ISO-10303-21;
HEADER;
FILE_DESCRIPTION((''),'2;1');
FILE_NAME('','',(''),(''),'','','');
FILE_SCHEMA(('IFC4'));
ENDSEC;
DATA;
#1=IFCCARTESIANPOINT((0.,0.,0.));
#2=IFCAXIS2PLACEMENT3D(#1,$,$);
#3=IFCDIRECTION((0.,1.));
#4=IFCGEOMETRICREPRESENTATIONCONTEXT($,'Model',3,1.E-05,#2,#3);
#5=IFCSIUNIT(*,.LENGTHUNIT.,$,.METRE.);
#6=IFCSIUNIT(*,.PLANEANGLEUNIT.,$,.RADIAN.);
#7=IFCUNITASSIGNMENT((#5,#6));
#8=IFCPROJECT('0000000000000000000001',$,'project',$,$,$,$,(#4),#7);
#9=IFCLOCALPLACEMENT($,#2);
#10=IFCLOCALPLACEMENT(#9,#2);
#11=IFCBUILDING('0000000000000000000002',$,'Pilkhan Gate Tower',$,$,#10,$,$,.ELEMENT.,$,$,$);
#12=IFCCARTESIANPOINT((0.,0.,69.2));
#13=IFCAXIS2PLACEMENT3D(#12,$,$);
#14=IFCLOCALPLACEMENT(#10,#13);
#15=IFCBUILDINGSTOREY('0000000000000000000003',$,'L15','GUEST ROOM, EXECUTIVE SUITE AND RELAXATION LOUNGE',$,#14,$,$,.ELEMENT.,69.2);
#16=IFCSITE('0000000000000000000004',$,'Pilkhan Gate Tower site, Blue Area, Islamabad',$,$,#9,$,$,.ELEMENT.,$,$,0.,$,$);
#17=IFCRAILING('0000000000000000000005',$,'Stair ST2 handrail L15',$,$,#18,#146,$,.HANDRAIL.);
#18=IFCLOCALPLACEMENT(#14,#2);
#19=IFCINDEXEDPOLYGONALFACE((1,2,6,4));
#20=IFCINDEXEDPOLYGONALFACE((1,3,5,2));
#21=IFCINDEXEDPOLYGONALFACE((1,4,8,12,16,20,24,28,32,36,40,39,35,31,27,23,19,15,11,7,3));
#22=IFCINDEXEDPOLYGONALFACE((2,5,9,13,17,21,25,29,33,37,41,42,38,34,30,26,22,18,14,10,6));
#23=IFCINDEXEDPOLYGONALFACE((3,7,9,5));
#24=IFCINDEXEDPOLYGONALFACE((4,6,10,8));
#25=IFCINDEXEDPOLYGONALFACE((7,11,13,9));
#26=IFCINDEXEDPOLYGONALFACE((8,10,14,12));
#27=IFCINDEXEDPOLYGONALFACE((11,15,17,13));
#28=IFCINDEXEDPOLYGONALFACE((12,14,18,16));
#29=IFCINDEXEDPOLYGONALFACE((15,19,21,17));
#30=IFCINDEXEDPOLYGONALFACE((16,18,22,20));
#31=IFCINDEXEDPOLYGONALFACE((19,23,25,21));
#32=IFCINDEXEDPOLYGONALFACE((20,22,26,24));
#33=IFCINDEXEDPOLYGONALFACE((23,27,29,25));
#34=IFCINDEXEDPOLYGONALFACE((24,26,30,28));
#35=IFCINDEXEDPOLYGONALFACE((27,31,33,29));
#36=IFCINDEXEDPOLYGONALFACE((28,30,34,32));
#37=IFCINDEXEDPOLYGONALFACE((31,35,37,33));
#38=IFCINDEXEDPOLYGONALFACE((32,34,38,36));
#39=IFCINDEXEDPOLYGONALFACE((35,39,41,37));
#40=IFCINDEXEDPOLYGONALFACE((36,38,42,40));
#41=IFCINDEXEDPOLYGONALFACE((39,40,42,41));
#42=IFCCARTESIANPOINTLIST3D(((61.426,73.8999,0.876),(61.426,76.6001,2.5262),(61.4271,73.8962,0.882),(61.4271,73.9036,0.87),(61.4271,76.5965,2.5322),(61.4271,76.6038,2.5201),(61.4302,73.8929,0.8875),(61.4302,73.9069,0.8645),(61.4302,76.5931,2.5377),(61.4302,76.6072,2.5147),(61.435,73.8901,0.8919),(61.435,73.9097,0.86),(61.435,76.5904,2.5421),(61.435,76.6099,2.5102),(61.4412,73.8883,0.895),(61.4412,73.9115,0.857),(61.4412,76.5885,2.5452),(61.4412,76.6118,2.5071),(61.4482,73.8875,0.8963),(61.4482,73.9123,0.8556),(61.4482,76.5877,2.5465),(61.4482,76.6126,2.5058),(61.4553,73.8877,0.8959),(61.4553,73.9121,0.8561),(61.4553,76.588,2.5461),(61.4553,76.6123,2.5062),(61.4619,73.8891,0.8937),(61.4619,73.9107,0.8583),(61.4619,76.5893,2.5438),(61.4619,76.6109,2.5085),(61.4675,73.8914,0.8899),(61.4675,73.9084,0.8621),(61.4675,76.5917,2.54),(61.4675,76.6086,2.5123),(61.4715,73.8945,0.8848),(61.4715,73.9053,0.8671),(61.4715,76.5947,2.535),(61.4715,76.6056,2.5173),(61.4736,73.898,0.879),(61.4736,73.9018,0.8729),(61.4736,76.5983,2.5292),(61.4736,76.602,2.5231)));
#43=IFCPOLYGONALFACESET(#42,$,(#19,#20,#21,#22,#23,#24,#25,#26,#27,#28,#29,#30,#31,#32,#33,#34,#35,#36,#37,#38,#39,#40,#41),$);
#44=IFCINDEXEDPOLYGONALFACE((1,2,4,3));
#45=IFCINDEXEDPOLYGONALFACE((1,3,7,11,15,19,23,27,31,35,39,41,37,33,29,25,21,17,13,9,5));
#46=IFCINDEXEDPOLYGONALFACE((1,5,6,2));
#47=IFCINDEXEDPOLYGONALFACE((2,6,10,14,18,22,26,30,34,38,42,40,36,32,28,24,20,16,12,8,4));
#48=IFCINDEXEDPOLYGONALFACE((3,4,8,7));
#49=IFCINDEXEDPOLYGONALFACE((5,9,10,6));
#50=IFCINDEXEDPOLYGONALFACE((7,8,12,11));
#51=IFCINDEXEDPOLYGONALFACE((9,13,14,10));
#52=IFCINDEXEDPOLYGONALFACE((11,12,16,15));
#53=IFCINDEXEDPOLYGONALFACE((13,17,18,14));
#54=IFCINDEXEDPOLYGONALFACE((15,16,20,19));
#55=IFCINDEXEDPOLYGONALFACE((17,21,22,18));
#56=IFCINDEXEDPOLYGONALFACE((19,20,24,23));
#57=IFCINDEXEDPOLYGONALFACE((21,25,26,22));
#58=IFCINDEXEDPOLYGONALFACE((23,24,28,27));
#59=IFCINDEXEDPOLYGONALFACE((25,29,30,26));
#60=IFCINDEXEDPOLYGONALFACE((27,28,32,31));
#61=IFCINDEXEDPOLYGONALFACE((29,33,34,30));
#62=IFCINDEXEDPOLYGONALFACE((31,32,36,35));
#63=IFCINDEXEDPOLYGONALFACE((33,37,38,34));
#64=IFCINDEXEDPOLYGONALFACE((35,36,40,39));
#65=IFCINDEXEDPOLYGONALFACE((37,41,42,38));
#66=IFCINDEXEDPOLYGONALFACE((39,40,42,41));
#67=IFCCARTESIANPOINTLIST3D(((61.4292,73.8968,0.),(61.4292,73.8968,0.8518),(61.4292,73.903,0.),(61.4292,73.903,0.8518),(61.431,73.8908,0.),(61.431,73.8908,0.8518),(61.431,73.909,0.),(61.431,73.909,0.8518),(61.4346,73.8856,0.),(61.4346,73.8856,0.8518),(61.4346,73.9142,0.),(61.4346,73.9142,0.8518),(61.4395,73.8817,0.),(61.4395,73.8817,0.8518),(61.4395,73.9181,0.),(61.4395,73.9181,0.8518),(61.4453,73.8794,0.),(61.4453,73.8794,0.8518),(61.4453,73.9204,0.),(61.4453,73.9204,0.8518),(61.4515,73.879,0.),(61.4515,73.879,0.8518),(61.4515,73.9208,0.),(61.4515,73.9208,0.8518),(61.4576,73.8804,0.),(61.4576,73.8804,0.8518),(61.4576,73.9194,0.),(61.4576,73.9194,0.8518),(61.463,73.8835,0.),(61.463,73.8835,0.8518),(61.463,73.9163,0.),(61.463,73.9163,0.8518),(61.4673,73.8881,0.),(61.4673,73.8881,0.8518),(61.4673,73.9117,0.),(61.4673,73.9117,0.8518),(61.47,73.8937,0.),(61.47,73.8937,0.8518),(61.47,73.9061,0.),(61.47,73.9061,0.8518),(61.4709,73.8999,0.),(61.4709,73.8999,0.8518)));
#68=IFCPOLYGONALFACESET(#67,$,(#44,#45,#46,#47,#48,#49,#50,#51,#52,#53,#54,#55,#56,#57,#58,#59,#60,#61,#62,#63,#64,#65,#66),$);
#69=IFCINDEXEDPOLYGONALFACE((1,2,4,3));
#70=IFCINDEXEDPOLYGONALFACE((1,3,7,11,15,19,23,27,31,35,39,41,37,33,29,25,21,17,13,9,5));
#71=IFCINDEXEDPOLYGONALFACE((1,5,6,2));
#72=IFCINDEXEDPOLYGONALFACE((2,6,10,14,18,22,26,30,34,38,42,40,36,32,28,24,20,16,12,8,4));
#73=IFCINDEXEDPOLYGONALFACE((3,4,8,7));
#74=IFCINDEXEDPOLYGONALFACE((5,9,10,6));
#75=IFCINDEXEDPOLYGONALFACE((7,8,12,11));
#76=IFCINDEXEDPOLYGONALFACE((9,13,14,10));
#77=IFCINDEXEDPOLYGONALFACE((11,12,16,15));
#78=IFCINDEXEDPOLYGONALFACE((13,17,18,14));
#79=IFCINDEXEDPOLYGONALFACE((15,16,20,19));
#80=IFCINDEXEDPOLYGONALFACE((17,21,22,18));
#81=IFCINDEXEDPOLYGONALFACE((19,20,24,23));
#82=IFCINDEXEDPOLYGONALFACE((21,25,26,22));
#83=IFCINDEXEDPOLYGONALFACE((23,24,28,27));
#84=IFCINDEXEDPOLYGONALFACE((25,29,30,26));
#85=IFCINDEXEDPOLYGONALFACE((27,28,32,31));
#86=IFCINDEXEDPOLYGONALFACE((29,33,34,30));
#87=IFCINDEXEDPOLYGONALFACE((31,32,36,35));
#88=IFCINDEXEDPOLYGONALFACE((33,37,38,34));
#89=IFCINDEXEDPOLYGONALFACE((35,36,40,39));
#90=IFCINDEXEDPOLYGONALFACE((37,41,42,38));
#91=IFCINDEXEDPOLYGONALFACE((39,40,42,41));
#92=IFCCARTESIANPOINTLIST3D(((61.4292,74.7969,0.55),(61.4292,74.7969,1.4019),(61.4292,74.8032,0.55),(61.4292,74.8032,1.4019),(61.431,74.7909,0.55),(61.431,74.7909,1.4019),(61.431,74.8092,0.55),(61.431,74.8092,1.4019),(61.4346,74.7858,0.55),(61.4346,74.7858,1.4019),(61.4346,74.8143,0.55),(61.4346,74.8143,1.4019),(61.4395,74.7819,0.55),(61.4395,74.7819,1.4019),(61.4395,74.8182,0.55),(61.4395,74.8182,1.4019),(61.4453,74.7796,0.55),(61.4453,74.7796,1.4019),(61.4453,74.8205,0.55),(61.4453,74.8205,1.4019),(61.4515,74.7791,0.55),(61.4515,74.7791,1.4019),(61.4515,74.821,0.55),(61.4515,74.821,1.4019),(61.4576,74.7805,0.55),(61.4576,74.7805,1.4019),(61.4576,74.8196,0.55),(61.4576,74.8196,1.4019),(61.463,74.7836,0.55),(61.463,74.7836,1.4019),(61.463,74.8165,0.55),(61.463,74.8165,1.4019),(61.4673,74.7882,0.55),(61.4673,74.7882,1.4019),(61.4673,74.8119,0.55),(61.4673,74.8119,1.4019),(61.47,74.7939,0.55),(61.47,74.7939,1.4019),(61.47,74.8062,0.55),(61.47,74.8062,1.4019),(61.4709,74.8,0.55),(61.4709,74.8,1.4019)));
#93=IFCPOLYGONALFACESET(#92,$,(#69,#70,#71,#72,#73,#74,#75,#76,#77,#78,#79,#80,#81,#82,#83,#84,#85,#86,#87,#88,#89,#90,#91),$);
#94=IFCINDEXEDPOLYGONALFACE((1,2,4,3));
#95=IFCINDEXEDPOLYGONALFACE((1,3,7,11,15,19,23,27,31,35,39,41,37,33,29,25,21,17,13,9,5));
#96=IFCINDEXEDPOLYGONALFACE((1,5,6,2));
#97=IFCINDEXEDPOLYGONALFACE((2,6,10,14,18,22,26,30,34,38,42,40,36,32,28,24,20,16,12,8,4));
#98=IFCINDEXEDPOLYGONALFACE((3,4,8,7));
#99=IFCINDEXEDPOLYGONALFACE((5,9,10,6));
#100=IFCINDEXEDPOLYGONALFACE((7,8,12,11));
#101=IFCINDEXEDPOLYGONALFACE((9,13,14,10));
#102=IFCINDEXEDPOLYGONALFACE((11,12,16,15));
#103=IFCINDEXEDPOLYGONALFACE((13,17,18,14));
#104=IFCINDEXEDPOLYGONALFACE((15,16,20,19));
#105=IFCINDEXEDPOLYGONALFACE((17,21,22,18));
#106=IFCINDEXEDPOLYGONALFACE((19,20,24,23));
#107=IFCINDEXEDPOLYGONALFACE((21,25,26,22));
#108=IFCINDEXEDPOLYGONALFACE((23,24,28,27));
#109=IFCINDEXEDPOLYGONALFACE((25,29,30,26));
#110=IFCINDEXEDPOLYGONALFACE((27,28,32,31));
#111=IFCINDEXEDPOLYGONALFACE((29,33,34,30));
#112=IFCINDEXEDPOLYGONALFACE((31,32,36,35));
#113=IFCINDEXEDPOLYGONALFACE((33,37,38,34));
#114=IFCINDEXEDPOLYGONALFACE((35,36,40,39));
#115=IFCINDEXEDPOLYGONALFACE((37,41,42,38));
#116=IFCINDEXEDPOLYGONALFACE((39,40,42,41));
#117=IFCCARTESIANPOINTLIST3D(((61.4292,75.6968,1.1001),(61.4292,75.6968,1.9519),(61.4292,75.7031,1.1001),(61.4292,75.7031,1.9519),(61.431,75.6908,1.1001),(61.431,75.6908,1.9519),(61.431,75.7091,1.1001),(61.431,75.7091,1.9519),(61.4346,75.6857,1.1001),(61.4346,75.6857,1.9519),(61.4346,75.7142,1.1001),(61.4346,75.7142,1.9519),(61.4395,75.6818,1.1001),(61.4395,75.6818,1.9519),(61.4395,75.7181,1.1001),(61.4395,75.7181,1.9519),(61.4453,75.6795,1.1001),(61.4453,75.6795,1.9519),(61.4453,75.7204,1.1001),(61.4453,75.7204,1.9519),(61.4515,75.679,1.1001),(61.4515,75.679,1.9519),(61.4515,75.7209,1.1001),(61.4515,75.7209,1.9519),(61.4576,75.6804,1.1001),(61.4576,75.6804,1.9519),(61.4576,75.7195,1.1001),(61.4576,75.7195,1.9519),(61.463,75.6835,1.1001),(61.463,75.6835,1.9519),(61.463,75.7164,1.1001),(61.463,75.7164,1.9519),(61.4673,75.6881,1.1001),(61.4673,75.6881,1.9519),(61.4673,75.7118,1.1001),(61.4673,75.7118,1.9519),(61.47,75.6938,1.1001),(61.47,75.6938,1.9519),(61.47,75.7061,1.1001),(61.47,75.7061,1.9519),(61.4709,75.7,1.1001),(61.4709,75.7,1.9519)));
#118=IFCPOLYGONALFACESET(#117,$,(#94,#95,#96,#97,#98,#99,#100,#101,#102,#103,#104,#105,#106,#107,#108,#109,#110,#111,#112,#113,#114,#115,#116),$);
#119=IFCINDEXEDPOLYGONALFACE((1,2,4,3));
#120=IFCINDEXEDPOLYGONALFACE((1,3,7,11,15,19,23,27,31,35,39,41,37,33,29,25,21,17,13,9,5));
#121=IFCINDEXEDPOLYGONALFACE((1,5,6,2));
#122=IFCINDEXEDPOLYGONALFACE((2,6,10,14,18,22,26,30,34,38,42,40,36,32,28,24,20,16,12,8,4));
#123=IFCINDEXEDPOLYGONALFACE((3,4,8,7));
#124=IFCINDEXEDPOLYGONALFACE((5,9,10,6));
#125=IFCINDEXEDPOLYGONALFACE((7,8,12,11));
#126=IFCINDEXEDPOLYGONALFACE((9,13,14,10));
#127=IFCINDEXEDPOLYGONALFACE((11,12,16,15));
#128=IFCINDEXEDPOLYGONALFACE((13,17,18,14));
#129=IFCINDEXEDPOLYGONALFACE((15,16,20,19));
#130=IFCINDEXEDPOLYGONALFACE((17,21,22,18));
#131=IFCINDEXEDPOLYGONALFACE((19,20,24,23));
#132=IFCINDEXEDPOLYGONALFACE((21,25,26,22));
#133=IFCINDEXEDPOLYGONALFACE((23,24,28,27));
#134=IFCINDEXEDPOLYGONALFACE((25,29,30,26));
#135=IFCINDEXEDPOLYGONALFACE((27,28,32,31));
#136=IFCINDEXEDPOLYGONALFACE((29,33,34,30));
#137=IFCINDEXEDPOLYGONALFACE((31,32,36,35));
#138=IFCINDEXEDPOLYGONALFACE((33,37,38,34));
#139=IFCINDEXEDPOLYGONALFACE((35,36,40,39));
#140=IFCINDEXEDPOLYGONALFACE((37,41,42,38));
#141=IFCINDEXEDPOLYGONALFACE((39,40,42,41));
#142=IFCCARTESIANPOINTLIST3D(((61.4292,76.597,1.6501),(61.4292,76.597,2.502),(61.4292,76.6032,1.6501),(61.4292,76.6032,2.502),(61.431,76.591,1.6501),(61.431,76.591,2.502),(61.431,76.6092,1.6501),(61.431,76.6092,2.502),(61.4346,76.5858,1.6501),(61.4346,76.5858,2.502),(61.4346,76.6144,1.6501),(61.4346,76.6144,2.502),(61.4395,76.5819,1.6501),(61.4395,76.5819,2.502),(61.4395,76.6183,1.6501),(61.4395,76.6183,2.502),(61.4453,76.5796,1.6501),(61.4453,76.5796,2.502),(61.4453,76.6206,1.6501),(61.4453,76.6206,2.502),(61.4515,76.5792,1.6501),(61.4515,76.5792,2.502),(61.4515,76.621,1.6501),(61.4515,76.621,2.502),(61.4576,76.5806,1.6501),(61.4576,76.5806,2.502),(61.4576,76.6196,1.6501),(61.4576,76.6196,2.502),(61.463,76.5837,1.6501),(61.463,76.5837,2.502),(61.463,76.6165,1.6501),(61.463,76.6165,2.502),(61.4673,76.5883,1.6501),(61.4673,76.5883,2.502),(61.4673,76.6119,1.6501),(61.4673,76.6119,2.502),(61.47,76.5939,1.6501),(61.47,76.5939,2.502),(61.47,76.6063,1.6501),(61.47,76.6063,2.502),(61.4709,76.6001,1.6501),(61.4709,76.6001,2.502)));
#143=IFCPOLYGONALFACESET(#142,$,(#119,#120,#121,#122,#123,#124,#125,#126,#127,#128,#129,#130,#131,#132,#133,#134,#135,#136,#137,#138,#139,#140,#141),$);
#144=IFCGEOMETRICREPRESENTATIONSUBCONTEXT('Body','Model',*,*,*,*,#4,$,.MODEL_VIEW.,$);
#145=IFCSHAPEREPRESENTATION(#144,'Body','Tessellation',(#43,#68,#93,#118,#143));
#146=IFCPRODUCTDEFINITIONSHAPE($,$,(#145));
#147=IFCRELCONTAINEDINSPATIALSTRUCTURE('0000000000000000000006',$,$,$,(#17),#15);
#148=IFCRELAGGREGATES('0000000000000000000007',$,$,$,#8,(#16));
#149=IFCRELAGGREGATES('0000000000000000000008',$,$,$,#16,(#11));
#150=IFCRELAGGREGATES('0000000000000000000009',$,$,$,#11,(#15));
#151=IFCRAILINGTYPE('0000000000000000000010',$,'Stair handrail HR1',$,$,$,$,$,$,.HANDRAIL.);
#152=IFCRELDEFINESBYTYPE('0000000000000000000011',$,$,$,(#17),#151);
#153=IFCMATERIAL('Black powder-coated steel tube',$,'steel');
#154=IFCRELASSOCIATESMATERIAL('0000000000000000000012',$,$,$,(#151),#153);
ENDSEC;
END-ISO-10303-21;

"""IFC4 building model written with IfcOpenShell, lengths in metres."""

from ifc_helpers import new_model, si_unit, direction, frame, origin, origin_2d, place, context, subcontext, project, spatial, circle, extrude, material, type_object, element, save


model = new_model("IFC4")

# Units and contexts
model_context = context("Model", 3, precision=1e-05, world=origin(), true_north=direction((0.0, 1.0)))
body_context = subcontext(model_context, "Body", "Model", "MODEL_VIEW")
ifc_project = project(units=[si_unit("LENGTHUNIT", "METRE"), si_unit("PLANEANGLEUNIT", "RADIAN")], contexts=[model_context])

# Site, building, storey
site_placement = place(None, origin())
site = spatial("IfcSite", under=ifc_project, at=site_placement, Name="Pilkhan Gate Tower site, Blue Area, Islamabad", CompositionType="ELEMENT", RefElevation=0.0)
building_placement = place(site_placement, origin())
building = spatial("IfcBuilding", under=site, at=building_placement, Name="Pilkhan Gate Tower", CompositionType="ELEMENT")
storey_placement = place(building_placement, frame((0.0, 0.0, 69.2)))
storey = spatial("IfcBuildingStorey", under=building, at=storey_placement, Name="L15", Description="GUEST ROOM, EXECUTIVE SUITE AND RELAXATION LOUNGE", CompositionType="ELEMENT", Elevation=69.2)

# Railing
ifc_material_1 = material(Name="Black powder-coated steel tube", Category="steel")
railing_type_1 = type_object("IfcRailingType", Name="Stair handrail HR1", PredefinedType="HANDRAIL", material=ifc_material_1)
railing_1_placement = place(storey_placement, frame((61.45, 73.8999, 0.0)))
element("IfcRailing", 1, at=railing_1_placement, inside=storey, type_object=railing_type_1, Name="Stair ST2 handrail L15", PredefinedType="HANDRAIL", context=body_context, shape_type="SweptSolid", body=[
    extrude(circle(Radius=0.0239, at=origin_2d()), frame((0.0, 0.0, 0.876), z_axis=(0.0, 0.853278, 0.521456), x_axis=(-1.0, 0.0, 0.0)), (0.0, 0.0, 1.0), 3.1646),
    extrude(circle(Radius=0.021, at=origin_2d()), origin(), (0.0, 0.0, 1.0), 0.8518),
    extrude(circle(Radius=0.021, at=origin_2d()), frame((0.0, 0.9001, 0.55)), (0.0, 0.0, 1.0), 0.8518),
    extrude(circle(Radius=0.021, at=origin_2d()), frame((0.0, 1.8, 1.1001)), (0.0, 0.0, 1.0), 0.8518),
    extrude(circle(Radius=0.021, at=origin_2d()), frame((0.0, 2.7002, 1.6501)), (0.0, 0.0, 1.0), 0.8518),
])

save(model, "model.ifc")
